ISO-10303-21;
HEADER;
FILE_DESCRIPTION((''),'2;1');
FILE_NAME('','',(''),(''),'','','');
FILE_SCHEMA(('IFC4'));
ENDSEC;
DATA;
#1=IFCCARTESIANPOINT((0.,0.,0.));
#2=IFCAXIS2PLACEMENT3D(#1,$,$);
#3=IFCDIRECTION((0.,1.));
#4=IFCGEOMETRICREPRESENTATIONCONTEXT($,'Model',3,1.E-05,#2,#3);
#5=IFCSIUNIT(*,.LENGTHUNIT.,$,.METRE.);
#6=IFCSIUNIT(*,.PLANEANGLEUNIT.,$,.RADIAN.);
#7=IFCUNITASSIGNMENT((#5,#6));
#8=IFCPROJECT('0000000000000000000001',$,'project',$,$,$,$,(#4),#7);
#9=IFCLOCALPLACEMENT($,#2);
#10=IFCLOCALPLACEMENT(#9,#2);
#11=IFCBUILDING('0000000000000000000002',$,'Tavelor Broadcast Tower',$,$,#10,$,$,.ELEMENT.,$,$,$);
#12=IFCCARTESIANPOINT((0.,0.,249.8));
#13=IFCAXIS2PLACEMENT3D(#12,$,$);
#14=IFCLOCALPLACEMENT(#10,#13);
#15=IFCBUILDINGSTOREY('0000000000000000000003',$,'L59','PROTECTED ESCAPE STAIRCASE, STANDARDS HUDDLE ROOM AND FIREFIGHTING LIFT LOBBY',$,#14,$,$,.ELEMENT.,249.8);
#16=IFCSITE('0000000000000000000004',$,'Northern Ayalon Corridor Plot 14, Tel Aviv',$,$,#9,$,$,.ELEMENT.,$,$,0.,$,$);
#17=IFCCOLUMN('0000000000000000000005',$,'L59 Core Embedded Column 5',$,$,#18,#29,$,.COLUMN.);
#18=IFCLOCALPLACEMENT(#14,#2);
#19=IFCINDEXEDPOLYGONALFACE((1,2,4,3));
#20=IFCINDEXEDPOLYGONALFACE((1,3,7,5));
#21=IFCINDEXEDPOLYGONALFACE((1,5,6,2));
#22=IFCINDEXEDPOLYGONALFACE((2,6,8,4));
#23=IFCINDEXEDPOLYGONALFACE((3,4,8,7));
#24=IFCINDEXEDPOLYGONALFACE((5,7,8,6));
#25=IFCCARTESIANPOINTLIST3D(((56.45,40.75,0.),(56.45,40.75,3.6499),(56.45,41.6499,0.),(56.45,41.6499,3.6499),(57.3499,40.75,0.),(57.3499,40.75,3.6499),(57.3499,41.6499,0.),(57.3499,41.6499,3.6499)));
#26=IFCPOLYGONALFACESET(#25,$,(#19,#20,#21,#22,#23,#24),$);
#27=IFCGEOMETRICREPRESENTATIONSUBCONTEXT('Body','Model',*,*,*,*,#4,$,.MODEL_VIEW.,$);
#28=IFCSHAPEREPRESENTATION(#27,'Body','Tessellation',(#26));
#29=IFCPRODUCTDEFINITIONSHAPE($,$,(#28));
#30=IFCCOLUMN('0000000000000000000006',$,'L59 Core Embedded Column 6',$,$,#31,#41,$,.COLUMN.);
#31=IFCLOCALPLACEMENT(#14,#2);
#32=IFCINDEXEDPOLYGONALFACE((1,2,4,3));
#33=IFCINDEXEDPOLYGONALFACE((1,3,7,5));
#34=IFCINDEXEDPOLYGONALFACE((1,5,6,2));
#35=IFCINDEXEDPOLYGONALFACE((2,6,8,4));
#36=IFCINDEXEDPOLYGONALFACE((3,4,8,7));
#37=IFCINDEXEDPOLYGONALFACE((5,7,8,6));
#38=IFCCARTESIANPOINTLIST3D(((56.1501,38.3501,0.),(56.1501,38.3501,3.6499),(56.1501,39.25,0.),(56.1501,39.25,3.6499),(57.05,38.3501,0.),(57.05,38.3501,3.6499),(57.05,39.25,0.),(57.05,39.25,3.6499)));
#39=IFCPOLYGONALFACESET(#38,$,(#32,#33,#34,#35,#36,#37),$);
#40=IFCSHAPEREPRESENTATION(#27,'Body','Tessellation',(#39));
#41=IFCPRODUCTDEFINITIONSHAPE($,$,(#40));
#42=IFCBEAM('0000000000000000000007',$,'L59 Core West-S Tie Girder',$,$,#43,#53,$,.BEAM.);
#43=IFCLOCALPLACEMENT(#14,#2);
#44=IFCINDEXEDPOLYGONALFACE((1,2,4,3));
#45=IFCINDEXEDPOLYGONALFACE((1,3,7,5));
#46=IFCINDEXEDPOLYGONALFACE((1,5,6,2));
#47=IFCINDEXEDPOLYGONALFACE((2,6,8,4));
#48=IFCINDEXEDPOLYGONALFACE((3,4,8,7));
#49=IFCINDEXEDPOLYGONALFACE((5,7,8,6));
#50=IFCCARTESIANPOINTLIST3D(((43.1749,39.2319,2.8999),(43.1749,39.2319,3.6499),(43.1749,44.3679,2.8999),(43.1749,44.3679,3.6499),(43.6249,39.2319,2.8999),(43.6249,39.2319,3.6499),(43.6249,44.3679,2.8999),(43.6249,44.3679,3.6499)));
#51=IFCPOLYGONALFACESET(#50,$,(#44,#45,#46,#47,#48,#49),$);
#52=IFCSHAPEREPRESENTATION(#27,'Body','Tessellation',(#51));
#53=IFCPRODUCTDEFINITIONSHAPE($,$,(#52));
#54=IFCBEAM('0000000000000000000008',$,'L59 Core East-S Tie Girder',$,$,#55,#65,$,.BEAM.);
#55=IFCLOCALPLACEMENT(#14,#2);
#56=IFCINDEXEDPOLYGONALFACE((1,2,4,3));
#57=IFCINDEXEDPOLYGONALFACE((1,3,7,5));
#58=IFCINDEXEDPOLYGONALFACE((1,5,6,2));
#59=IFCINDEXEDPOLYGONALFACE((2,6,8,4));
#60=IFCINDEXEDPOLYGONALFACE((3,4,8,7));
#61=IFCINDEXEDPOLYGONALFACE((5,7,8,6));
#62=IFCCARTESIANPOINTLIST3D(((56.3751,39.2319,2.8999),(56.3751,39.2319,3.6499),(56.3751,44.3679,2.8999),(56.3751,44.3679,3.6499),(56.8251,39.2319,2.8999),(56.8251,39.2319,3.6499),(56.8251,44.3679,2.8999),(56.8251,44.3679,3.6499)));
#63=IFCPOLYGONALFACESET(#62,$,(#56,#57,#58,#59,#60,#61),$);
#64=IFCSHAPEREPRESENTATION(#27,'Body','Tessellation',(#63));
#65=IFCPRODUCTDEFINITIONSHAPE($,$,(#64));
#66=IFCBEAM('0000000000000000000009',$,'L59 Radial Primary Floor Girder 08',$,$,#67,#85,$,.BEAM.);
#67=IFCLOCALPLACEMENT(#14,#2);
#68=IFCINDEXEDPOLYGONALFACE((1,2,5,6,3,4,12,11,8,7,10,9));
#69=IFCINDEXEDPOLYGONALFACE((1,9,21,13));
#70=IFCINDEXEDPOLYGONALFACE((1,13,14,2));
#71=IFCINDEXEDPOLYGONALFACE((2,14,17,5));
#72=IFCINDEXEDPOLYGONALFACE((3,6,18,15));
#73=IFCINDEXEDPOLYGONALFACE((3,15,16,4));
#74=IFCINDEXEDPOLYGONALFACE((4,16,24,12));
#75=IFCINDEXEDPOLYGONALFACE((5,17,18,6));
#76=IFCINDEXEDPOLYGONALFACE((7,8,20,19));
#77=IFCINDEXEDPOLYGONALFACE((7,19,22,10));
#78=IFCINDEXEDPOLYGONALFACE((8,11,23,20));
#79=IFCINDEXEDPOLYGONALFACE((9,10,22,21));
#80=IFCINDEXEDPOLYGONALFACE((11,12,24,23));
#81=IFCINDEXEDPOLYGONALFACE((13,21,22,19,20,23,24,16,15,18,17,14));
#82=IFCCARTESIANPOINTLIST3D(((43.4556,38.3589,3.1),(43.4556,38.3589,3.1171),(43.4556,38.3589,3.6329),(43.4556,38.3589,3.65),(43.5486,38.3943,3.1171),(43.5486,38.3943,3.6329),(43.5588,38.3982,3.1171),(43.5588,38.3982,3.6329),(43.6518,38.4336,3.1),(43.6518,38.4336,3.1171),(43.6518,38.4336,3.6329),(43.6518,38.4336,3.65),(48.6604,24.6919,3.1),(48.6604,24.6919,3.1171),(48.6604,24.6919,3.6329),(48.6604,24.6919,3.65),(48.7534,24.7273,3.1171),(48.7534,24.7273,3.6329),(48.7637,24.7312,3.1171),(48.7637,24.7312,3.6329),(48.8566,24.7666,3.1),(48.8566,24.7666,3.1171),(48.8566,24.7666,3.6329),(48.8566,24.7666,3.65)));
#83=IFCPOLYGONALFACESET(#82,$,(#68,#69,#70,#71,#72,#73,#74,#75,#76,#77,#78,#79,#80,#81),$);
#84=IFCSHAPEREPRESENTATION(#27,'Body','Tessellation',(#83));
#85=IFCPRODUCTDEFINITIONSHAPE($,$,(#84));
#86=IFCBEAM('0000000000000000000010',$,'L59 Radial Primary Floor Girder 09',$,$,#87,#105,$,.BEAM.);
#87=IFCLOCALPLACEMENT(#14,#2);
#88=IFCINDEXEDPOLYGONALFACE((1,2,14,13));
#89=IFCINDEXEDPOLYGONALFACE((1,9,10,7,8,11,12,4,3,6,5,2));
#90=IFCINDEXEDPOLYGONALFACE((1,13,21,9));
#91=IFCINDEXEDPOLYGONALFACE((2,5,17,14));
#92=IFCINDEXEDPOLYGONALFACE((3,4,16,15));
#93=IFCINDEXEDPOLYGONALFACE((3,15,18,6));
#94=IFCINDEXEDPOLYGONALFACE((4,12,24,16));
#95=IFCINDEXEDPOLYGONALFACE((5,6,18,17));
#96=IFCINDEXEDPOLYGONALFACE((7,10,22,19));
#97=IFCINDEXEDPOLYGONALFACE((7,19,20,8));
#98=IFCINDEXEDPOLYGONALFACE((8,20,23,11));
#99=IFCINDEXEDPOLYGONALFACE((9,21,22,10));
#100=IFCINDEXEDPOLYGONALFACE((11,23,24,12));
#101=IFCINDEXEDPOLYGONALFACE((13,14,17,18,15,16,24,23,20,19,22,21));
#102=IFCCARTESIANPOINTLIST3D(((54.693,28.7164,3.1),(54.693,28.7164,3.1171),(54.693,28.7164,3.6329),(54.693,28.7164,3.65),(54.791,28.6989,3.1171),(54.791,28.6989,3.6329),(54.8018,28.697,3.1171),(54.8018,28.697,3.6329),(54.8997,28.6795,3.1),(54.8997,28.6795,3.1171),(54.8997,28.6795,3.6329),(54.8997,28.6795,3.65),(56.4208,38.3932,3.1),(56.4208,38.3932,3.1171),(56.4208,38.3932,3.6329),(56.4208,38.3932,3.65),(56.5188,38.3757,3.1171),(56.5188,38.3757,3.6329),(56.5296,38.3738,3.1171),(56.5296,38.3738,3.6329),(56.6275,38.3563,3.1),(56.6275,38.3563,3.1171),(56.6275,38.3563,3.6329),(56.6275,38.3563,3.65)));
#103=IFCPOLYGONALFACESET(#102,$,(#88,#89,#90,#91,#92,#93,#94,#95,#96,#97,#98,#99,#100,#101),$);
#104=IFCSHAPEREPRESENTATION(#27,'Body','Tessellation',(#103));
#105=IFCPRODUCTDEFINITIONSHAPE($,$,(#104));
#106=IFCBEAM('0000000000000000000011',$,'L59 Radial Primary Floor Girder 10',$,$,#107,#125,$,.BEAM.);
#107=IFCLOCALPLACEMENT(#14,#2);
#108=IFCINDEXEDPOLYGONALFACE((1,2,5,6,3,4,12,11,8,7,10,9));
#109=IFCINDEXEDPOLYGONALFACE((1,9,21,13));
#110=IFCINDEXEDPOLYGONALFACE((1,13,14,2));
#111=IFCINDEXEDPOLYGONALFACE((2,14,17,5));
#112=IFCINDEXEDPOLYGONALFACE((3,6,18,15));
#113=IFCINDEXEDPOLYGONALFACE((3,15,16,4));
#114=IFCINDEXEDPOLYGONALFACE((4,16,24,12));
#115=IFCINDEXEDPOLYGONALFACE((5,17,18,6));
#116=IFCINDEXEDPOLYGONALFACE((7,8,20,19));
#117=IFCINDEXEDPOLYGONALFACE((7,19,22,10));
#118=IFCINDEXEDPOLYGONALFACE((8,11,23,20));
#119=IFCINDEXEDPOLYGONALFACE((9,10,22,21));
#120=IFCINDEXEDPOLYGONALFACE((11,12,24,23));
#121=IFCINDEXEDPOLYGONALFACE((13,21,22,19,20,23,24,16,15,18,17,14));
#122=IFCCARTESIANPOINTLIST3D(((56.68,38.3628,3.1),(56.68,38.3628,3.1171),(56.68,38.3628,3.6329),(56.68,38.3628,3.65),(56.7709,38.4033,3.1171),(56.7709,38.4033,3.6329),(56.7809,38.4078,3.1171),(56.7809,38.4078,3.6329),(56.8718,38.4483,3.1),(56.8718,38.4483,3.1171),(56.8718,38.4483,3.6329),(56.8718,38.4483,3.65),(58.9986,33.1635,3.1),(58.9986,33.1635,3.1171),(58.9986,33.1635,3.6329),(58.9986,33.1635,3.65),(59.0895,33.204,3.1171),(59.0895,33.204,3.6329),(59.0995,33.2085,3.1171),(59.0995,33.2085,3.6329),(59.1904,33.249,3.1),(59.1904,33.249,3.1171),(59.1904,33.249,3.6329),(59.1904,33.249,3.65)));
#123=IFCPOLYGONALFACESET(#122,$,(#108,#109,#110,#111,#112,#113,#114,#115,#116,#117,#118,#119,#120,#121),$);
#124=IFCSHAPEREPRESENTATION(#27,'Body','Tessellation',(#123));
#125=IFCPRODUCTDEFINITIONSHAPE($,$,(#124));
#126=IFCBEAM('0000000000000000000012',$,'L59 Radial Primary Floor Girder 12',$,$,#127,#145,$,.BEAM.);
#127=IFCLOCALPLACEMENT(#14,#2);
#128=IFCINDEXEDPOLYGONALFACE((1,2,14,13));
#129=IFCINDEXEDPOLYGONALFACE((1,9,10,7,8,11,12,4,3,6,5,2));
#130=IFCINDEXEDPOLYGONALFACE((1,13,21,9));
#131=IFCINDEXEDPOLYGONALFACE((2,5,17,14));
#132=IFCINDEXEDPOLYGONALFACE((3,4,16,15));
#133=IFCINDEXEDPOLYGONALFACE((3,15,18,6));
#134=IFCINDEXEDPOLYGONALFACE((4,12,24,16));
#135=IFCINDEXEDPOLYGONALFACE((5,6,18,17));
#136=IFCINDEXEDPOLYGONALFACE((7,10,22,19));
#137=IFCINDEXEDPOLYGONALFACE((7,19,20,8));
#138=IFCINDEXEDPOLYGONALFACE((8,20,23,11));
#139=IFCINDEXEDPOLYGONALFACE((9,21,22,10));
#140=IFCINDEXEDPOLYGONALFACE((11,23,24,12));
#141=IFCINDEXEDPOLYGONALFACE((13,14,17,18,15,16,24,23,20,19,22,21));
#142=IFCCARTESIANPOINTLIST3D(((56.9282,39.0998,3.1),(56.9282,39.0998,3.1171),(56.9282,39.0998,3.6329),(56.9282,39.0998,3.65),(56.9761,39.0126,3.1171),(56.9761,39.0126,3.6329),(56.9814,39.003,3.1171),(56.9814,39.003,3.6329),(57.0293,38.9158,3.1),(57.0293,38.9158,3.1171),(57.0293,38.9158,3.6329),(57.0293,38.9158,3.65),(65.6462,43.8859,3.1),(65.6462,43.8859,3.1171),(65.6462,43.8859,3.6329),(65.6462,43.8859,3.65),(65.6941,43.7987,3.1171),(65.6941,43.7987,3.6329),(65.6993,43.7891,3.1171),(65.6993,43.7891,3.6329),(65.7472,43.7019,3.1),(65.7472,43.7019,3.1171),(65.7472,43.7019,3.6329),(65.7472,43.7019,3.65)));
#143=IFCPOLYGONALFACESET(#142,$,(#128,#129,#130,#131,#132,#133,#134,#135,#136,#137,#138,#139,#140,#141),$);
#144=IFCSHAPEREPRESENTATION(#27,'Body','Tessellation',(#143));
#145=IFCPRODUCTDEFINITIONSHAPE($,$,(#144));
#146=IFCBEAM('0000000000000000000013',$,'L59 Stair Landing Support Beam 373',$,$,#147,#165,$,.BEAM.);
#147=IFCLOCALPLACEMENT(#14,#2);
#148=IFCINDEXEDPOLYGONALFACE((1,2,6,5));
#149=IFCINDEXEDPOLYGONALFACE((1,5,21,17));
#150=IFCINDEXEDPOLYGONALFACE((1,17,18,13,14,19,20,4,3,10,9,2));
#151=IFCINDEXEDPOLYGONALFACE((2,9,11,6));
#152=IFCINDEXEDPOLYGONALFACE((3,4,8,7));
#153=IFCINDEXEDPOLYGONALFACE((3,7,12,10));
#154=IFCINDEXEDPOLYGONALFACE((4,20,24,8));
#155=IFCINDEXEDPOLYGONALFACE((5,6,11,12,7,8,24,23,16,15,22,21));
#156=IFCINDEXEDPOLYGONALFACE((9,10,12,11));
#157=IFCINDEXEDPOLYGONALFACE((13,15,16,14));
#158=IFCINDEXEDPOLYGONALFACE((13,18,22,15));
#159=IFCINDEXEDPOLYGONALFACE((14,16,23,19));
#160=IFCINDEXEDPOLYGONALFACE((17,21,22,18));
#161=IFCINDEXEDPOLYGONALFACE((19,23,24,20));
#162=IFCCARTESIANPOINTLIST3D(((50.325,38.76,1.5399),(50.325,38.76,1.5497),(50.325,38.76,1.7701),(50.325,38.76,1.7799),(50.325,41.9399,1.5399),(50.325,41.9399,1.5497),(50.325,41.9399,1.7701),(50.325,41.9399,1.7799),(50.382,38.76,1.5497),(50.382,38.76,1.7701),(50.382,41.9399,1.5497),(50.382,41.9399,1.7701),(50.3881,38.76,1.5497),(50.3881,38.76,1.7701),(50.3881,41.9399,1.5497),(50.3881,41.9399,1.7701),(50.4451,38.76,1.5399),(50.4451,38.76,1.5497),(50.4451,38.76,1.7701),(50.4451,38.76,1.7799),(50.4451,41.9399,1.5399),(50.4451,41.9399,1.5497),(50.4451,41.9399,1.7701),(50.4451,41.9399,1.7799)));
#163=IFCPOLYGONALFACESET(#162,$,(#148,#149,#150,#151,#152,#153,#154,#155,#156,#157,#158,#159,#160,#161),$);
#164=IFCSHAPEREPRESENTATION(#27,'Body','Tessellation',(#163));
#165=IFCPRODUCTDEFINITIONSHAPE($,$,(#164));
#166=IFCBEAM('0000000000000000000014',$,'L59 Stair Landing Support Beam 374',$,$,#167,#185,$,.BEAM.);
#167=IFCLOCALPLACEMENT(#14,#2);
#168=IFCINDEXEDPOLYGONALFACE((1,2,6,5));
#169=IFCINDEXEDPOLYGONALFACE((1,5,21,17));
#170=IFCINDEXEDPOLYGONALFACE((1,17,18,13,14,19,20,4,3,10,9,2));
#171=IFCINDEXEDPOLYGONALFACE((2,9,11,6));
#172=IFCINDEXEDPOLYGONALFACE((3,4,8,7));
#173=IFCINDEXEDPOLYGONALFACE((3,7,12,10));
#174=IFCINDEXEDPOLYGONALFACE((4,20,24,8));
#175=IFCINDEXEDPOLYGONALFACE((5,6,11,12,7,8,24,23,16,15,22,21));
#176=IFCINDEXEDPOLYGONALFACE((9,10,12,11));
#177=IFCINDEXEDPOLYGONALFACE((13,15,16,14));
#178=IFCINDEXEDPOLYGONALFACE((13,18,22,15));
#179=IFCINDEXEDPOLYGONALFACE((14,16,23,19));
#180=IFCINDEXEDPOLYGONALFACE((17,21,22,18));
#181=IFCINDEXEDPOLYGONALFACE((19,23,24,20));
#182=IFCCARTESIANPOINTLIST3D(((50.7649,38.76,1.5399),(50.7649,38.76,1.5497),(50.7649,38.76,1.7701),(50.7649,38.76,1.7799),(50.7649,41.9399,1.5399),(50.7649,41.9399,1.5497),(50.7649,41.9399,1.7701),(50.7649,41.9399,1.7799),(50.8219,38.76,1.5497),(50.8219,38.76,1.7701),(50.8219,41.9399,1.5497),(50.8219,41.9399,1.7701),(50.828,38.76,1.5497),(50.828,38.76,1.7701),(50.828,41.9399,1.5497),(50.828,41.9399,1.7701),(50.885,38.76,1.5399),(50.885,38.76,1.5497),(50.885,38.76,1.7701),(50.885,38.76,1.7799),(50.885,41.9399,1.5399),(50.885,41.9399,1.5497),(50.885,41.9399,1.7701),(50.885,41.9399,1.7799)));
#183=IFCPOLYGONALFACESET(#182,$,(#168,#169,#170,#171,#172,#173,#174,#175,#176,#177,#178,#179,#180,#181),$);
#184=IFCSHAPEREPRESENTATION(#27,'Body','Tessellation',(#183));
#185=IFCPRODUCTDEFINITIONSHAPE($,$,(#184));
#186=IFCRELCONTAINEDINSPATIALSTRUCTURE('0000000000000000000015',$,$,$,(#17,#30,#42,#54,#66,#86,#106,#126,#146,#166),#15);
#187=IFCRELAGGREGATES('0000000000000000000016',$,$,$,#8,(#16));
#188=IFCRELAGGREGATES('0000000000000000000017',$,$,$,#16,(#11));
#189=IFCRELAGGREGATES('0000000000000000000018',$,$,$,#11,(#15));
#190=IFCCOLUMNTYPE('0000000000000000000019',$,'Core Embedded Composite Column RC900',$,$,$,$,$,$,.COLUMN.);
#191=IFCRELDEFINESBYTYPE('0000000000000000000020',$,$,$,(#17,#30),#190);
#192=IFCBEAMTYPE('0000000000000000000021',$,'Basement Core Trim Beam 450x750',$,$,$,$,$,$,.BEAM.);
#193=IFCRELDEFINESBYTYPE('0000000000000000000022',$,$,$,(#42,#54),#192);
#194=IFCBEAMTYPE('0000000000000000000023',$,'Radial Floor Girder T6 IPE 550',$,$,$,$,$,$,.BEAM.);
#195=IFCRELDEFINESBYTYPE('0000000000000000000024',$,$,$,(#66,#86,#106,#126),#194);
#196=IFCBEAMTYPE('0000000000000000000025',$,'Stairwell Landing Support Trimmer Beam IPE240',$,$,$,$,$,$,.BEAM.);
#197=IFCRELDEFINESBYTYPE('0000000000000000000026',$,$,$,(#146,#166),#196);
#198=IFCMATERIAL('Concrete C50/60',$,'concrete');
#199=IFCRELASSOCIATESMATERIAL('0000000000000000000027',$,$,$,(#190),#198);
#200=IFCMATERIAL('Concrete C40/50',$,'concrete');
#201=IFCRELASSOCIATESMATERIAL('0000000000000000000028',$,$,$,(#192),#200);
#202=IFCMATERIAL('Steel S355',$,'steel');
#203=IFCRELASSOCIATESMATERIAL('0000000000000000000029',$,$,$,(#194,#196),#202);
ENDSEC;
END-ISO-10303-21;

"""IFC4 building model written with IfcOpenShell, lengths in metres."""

from ifc_helpers import new_model, si_unit, direction, frame, origin, origin_2d, place, context, subcontext, project, spatial, rectangle, i_section, extrude, material, material_profile, profile_set, type_object, element, save


model = new_model("IFC4")

# Units and contexts
model_context = context("Model", 3, precision=1e-05, world=origin(), true_north=direction((0.0, 1.0)))
body_context = subcontext(model_context, "Body", "Model", "MODEL_VIEW")
ifc_project = project(units=[si_unit("LENGTHUNIT", "METRE"), si_unit("PLANEANGLEUNIT", "RADIAN")], contexts=[model_context])

# Site, building, storey
site_placement = place(None, origin())
site = spatial("IfcSite", under=ifc_project, at=site_placement, Name="Northern Ayalon Corridor Plot 14, Tel Aviv", CompositionType="ELEMENT", RefElevation=0.0)
building_placement = place(site_placement, origin())
building = spatial("IfcBuilding", under=site, at=building_placement, Name="Tavelor Broadcast Tower", CompositionType="ELEMENT")
storey_placement = place(building_placement, frame((0.0, 0.0, 249.8)))
storey = spatial("IfcBuildingStorey", under=building, at=storey_placement, Name="L59", Description="PROTECTED ESCAPE STAIRCASE, STANDARDS HUDDLE ROOM AND FIREFIGHTING LIFT LOBBY", CompositionType="ELEMENT", Elevation=249.8)

# Columns
ifc_material_1 = material(Name="Concrete C50/60", Category="concrete")
ifc_material_profile_1 = material_profile(ifc_material_1, rectangle(XDim=0.8999, YDim=0.8999, at=origin_2d()), Name="RC 900x900")
ifc_profile_set_1 = profile_set([ifc_material_profile_1], Name="Concrete C50/60")
column_type = type_object("IfcColumnType", Name="Core Embedded Composite Column RC900", PredefinedType="COLUMN", material=ifc_profile_set_1)
for number, where, z_axis, x_axis, name in (
    (1, (56.8999, 41.2, 0.0), (0.0, 0.0, 1.0), (1.0, 0.0, 0.0), "L59 Core Embedded Column 5"),
    (2, (56.6001, 38.8, 0.0), (0.0, 0.0, 1.0), (1.0, 0.0, 0.0), "L59 Core Embedded Column 6"),
):
    element("IfcColumn", number, at=place(storey_placement, frame(where, z_axis=z_axis, x_axis=x_axis)), inside=storey, type_object=column_type, Name=name, PredefinedType="COLUMN", context=body_context, shape_type="SweptSolid", body=[
        extrude(rectangle(XDim=0.8999, YDim=0.8999, at=origin_2d()), origin(), (0.0, 0.0, 1.0), 3.6499),
    ])

# Beams
ifc_material_2 = material(Name="Concrete C40/50", Category="concrete")
ifc_material_profile_2 = material_profile(ifc_material_2, rectangle(XDim=0.45, YDim=0.75, at=origin_2d()), Name="RC 450x750")
ifc_profile_set_2 = profile_set([ifc_material_profile_2], Name="Concrete C40/50")
beam_type_1 = type_object("IfcBeamType", Name="Basement Core Trim Beam 450x750", PredefinedType="BEAM", material=ifc_profile_set_2)
for number, where, z_axis, x_axis, name in (
    (3, (43.3999, 39.2319, 3.2749), (0.0, 1.0, 0.0), (-1.0, 0.0, 0.0), "L59 Core West-S Tie Girder"),
    (4, (56.6001, 39.2319, 3.2749), (0.0, 1.0, 0.0), (-1.0, 0.0, 0.0), "L59 Core East-S Tie Girder"),
):
    element("IfcBeam", number, at=place(storey_placement, frame(where, z_axis=z_axis, x_axis=x_axis)), inside=storey, type_object=beam_type_1, Name=name, PredefinedType="BEAM", context=body_context, shape_type="SweptSolid", body=[
        extrude(rectangle(XDim=0.45, YDim=0.75, at=origin_2d()), origin(), (0.0, 0.0, 1.0), 5.136),
    ])
ifc_material_3 = material(Name="Steel S355", Category="steel")
ifc_material_profile_3 = material_profile(ifc_material_3, i_section(OverallWidth=0.21, OverallDepth=0.55, WebThickness=0.011, FlangeThickness=0.0171, at=origin_2d()), Name="IPE 550")
ifc_profile_set_3 = profile_set([ifc_material_profile_3], Name="Steel S355")
beam_type_2 = type_object("IfcBeamType", Name="Radial Floor Girder T6 IPE 550", PredefinedType="BEAM", material=ifc_profile_set_3)
beam_1_placement = place(storey_placement, frame((43.5537, 38.3962, 3.375), z_axis=(0.355897, -0.934525, 0.0), x_axis=(0.934525, 0.355897, 0.0)))
element("IfcBeam", 5, at=beam_1_placement, inside=storey, type_object=beam_type_2, Name="L59 Radial Primary Floor Girder 08", PredefinedType="BEAM", context=body_context, shape_type="SweptSolid", body=[
    extrude(i_section(OverallWidth=0.21, OverallDepth=0.55, WebThickness=0.011, FlangeThickness=0.0171, at=origin_2d()), origin(), (0.0, 0.0, 1.0), 14.6245),
])
beam_2_placement = place(storey_placement, frame((56.5242, 38.3748, 3.375), z_axis=(-0.17577, -0.984431, 0.0), x_axis=(0.984431, -0.17577, 0.0)))
element("IfcBeam", 6, at=beam_2_placement, inside=storey, type_object=beam_type_2, Name="L59 Radial Primary Floor Girder 09", PredefinedType="BEAM", context=body_context, shape_type="SweptSolid", body=[
    extrude(i_section(OverallWidth=0.21, OverallDepth=0.55, WebThickness=0.011, FlangeThickness=0.0171, at=origin_2d()), origin(), (0.0, 0.0, 1.0), 9.8298),
])
beam_3_placement = place(storey_placement, frame((56.7759, 38.4055, 3.375), z_axis=(0.407288, -0.9133, 0.0), x_axis=(0.9133, 0.407288, 0.0)))
element("IfcBeam", 7, at=beam_3_placement, inside=storey, type_object=beam_type_2, Name="L59 Radial Primary Floor Girder 10", PredefinedType="BEAM", context=body_context, shape_type="SweptSolid", body=[
    extrude(i_section(OverallWidth=0.21, OverallDepth=0.55, WebThickness=0.011, FlangeThickness=0.0171, at=origin_2d()), origin(), (0.0, 0.0, 1.0), 5.6929),
])
beam_4_placement = place(storey_placement, frame((56.9788, 39.0078, 3.375), z_axis=(0.876588, 0.481241, 0.0), x_axis=(-0.481241, 0.876588, 0.0)))
element("IfcBeam", 8, at=beam_4_placement, inside=storey, type_object=beam_type_2, Name="L59 Radial Primary Floor Girder 12", PredefinedType="BEAM", context=body_context, shape_type="SweptSolid", body=[
    extrude(i_section(OverallWidth=0.21, OverallDepth=0.55, WebThickness=0.011, FlangeThickness=0.0171, at=origin_2d()), origin(), (0.0, 0.0, 1.0), 9.9453),
])
ifc_material_profile_4 = material_profile(ifc_material_3, i_section(OverallWidth=0.1201, OverallDepth=0.24, WebThickness=0.0061, FlangeThickness=0.0098, at=origin_2d()), Name="IPE 240")
ifc_profile_set_4 = profile_set([ifc_material_profile_4], Name="Steel S355")
beam_type_3 = type_object("IfcBeamType", Name="Stairwell Landing Support Trimmer Beam IPE240", PredefinedType="BEAM", material=ifc_profile_set_4)
for number, where, z_axis, x_axis, name in (
    (9, (50.385, 38.76, 1.6599), (0.0, 1.0, 0.0), (-1.0, 0.0, 0.0), "L59 Stair Landing Support Beam 373"),
    (10, (50.825, 38.76, 1.6599), (0.0, 1.0, 0.0), (-1.0, 0.0, 0.0), "L59 Stair Landing Support Beam 374"),
):
    element("IfcBeam", number, at=place(storey_placement, frame(where, z_axis=z_axis, x_axis=x_axis)), inside=storey, type_object=beam_type_3, Name=name, PredefinedType="BEAM", context=body_context, shape_type="SweptSolid", body=[
        extrude(i_section(OverallWidth=0.1201, OverallDepth=0.24, WebThickness=0.0061, FlangeThickness=0.0098, at=origin_2d()), origin(), (0.0, 0.0, 1.0), 3.1799),
    ])

save(model, "model.ifc")
